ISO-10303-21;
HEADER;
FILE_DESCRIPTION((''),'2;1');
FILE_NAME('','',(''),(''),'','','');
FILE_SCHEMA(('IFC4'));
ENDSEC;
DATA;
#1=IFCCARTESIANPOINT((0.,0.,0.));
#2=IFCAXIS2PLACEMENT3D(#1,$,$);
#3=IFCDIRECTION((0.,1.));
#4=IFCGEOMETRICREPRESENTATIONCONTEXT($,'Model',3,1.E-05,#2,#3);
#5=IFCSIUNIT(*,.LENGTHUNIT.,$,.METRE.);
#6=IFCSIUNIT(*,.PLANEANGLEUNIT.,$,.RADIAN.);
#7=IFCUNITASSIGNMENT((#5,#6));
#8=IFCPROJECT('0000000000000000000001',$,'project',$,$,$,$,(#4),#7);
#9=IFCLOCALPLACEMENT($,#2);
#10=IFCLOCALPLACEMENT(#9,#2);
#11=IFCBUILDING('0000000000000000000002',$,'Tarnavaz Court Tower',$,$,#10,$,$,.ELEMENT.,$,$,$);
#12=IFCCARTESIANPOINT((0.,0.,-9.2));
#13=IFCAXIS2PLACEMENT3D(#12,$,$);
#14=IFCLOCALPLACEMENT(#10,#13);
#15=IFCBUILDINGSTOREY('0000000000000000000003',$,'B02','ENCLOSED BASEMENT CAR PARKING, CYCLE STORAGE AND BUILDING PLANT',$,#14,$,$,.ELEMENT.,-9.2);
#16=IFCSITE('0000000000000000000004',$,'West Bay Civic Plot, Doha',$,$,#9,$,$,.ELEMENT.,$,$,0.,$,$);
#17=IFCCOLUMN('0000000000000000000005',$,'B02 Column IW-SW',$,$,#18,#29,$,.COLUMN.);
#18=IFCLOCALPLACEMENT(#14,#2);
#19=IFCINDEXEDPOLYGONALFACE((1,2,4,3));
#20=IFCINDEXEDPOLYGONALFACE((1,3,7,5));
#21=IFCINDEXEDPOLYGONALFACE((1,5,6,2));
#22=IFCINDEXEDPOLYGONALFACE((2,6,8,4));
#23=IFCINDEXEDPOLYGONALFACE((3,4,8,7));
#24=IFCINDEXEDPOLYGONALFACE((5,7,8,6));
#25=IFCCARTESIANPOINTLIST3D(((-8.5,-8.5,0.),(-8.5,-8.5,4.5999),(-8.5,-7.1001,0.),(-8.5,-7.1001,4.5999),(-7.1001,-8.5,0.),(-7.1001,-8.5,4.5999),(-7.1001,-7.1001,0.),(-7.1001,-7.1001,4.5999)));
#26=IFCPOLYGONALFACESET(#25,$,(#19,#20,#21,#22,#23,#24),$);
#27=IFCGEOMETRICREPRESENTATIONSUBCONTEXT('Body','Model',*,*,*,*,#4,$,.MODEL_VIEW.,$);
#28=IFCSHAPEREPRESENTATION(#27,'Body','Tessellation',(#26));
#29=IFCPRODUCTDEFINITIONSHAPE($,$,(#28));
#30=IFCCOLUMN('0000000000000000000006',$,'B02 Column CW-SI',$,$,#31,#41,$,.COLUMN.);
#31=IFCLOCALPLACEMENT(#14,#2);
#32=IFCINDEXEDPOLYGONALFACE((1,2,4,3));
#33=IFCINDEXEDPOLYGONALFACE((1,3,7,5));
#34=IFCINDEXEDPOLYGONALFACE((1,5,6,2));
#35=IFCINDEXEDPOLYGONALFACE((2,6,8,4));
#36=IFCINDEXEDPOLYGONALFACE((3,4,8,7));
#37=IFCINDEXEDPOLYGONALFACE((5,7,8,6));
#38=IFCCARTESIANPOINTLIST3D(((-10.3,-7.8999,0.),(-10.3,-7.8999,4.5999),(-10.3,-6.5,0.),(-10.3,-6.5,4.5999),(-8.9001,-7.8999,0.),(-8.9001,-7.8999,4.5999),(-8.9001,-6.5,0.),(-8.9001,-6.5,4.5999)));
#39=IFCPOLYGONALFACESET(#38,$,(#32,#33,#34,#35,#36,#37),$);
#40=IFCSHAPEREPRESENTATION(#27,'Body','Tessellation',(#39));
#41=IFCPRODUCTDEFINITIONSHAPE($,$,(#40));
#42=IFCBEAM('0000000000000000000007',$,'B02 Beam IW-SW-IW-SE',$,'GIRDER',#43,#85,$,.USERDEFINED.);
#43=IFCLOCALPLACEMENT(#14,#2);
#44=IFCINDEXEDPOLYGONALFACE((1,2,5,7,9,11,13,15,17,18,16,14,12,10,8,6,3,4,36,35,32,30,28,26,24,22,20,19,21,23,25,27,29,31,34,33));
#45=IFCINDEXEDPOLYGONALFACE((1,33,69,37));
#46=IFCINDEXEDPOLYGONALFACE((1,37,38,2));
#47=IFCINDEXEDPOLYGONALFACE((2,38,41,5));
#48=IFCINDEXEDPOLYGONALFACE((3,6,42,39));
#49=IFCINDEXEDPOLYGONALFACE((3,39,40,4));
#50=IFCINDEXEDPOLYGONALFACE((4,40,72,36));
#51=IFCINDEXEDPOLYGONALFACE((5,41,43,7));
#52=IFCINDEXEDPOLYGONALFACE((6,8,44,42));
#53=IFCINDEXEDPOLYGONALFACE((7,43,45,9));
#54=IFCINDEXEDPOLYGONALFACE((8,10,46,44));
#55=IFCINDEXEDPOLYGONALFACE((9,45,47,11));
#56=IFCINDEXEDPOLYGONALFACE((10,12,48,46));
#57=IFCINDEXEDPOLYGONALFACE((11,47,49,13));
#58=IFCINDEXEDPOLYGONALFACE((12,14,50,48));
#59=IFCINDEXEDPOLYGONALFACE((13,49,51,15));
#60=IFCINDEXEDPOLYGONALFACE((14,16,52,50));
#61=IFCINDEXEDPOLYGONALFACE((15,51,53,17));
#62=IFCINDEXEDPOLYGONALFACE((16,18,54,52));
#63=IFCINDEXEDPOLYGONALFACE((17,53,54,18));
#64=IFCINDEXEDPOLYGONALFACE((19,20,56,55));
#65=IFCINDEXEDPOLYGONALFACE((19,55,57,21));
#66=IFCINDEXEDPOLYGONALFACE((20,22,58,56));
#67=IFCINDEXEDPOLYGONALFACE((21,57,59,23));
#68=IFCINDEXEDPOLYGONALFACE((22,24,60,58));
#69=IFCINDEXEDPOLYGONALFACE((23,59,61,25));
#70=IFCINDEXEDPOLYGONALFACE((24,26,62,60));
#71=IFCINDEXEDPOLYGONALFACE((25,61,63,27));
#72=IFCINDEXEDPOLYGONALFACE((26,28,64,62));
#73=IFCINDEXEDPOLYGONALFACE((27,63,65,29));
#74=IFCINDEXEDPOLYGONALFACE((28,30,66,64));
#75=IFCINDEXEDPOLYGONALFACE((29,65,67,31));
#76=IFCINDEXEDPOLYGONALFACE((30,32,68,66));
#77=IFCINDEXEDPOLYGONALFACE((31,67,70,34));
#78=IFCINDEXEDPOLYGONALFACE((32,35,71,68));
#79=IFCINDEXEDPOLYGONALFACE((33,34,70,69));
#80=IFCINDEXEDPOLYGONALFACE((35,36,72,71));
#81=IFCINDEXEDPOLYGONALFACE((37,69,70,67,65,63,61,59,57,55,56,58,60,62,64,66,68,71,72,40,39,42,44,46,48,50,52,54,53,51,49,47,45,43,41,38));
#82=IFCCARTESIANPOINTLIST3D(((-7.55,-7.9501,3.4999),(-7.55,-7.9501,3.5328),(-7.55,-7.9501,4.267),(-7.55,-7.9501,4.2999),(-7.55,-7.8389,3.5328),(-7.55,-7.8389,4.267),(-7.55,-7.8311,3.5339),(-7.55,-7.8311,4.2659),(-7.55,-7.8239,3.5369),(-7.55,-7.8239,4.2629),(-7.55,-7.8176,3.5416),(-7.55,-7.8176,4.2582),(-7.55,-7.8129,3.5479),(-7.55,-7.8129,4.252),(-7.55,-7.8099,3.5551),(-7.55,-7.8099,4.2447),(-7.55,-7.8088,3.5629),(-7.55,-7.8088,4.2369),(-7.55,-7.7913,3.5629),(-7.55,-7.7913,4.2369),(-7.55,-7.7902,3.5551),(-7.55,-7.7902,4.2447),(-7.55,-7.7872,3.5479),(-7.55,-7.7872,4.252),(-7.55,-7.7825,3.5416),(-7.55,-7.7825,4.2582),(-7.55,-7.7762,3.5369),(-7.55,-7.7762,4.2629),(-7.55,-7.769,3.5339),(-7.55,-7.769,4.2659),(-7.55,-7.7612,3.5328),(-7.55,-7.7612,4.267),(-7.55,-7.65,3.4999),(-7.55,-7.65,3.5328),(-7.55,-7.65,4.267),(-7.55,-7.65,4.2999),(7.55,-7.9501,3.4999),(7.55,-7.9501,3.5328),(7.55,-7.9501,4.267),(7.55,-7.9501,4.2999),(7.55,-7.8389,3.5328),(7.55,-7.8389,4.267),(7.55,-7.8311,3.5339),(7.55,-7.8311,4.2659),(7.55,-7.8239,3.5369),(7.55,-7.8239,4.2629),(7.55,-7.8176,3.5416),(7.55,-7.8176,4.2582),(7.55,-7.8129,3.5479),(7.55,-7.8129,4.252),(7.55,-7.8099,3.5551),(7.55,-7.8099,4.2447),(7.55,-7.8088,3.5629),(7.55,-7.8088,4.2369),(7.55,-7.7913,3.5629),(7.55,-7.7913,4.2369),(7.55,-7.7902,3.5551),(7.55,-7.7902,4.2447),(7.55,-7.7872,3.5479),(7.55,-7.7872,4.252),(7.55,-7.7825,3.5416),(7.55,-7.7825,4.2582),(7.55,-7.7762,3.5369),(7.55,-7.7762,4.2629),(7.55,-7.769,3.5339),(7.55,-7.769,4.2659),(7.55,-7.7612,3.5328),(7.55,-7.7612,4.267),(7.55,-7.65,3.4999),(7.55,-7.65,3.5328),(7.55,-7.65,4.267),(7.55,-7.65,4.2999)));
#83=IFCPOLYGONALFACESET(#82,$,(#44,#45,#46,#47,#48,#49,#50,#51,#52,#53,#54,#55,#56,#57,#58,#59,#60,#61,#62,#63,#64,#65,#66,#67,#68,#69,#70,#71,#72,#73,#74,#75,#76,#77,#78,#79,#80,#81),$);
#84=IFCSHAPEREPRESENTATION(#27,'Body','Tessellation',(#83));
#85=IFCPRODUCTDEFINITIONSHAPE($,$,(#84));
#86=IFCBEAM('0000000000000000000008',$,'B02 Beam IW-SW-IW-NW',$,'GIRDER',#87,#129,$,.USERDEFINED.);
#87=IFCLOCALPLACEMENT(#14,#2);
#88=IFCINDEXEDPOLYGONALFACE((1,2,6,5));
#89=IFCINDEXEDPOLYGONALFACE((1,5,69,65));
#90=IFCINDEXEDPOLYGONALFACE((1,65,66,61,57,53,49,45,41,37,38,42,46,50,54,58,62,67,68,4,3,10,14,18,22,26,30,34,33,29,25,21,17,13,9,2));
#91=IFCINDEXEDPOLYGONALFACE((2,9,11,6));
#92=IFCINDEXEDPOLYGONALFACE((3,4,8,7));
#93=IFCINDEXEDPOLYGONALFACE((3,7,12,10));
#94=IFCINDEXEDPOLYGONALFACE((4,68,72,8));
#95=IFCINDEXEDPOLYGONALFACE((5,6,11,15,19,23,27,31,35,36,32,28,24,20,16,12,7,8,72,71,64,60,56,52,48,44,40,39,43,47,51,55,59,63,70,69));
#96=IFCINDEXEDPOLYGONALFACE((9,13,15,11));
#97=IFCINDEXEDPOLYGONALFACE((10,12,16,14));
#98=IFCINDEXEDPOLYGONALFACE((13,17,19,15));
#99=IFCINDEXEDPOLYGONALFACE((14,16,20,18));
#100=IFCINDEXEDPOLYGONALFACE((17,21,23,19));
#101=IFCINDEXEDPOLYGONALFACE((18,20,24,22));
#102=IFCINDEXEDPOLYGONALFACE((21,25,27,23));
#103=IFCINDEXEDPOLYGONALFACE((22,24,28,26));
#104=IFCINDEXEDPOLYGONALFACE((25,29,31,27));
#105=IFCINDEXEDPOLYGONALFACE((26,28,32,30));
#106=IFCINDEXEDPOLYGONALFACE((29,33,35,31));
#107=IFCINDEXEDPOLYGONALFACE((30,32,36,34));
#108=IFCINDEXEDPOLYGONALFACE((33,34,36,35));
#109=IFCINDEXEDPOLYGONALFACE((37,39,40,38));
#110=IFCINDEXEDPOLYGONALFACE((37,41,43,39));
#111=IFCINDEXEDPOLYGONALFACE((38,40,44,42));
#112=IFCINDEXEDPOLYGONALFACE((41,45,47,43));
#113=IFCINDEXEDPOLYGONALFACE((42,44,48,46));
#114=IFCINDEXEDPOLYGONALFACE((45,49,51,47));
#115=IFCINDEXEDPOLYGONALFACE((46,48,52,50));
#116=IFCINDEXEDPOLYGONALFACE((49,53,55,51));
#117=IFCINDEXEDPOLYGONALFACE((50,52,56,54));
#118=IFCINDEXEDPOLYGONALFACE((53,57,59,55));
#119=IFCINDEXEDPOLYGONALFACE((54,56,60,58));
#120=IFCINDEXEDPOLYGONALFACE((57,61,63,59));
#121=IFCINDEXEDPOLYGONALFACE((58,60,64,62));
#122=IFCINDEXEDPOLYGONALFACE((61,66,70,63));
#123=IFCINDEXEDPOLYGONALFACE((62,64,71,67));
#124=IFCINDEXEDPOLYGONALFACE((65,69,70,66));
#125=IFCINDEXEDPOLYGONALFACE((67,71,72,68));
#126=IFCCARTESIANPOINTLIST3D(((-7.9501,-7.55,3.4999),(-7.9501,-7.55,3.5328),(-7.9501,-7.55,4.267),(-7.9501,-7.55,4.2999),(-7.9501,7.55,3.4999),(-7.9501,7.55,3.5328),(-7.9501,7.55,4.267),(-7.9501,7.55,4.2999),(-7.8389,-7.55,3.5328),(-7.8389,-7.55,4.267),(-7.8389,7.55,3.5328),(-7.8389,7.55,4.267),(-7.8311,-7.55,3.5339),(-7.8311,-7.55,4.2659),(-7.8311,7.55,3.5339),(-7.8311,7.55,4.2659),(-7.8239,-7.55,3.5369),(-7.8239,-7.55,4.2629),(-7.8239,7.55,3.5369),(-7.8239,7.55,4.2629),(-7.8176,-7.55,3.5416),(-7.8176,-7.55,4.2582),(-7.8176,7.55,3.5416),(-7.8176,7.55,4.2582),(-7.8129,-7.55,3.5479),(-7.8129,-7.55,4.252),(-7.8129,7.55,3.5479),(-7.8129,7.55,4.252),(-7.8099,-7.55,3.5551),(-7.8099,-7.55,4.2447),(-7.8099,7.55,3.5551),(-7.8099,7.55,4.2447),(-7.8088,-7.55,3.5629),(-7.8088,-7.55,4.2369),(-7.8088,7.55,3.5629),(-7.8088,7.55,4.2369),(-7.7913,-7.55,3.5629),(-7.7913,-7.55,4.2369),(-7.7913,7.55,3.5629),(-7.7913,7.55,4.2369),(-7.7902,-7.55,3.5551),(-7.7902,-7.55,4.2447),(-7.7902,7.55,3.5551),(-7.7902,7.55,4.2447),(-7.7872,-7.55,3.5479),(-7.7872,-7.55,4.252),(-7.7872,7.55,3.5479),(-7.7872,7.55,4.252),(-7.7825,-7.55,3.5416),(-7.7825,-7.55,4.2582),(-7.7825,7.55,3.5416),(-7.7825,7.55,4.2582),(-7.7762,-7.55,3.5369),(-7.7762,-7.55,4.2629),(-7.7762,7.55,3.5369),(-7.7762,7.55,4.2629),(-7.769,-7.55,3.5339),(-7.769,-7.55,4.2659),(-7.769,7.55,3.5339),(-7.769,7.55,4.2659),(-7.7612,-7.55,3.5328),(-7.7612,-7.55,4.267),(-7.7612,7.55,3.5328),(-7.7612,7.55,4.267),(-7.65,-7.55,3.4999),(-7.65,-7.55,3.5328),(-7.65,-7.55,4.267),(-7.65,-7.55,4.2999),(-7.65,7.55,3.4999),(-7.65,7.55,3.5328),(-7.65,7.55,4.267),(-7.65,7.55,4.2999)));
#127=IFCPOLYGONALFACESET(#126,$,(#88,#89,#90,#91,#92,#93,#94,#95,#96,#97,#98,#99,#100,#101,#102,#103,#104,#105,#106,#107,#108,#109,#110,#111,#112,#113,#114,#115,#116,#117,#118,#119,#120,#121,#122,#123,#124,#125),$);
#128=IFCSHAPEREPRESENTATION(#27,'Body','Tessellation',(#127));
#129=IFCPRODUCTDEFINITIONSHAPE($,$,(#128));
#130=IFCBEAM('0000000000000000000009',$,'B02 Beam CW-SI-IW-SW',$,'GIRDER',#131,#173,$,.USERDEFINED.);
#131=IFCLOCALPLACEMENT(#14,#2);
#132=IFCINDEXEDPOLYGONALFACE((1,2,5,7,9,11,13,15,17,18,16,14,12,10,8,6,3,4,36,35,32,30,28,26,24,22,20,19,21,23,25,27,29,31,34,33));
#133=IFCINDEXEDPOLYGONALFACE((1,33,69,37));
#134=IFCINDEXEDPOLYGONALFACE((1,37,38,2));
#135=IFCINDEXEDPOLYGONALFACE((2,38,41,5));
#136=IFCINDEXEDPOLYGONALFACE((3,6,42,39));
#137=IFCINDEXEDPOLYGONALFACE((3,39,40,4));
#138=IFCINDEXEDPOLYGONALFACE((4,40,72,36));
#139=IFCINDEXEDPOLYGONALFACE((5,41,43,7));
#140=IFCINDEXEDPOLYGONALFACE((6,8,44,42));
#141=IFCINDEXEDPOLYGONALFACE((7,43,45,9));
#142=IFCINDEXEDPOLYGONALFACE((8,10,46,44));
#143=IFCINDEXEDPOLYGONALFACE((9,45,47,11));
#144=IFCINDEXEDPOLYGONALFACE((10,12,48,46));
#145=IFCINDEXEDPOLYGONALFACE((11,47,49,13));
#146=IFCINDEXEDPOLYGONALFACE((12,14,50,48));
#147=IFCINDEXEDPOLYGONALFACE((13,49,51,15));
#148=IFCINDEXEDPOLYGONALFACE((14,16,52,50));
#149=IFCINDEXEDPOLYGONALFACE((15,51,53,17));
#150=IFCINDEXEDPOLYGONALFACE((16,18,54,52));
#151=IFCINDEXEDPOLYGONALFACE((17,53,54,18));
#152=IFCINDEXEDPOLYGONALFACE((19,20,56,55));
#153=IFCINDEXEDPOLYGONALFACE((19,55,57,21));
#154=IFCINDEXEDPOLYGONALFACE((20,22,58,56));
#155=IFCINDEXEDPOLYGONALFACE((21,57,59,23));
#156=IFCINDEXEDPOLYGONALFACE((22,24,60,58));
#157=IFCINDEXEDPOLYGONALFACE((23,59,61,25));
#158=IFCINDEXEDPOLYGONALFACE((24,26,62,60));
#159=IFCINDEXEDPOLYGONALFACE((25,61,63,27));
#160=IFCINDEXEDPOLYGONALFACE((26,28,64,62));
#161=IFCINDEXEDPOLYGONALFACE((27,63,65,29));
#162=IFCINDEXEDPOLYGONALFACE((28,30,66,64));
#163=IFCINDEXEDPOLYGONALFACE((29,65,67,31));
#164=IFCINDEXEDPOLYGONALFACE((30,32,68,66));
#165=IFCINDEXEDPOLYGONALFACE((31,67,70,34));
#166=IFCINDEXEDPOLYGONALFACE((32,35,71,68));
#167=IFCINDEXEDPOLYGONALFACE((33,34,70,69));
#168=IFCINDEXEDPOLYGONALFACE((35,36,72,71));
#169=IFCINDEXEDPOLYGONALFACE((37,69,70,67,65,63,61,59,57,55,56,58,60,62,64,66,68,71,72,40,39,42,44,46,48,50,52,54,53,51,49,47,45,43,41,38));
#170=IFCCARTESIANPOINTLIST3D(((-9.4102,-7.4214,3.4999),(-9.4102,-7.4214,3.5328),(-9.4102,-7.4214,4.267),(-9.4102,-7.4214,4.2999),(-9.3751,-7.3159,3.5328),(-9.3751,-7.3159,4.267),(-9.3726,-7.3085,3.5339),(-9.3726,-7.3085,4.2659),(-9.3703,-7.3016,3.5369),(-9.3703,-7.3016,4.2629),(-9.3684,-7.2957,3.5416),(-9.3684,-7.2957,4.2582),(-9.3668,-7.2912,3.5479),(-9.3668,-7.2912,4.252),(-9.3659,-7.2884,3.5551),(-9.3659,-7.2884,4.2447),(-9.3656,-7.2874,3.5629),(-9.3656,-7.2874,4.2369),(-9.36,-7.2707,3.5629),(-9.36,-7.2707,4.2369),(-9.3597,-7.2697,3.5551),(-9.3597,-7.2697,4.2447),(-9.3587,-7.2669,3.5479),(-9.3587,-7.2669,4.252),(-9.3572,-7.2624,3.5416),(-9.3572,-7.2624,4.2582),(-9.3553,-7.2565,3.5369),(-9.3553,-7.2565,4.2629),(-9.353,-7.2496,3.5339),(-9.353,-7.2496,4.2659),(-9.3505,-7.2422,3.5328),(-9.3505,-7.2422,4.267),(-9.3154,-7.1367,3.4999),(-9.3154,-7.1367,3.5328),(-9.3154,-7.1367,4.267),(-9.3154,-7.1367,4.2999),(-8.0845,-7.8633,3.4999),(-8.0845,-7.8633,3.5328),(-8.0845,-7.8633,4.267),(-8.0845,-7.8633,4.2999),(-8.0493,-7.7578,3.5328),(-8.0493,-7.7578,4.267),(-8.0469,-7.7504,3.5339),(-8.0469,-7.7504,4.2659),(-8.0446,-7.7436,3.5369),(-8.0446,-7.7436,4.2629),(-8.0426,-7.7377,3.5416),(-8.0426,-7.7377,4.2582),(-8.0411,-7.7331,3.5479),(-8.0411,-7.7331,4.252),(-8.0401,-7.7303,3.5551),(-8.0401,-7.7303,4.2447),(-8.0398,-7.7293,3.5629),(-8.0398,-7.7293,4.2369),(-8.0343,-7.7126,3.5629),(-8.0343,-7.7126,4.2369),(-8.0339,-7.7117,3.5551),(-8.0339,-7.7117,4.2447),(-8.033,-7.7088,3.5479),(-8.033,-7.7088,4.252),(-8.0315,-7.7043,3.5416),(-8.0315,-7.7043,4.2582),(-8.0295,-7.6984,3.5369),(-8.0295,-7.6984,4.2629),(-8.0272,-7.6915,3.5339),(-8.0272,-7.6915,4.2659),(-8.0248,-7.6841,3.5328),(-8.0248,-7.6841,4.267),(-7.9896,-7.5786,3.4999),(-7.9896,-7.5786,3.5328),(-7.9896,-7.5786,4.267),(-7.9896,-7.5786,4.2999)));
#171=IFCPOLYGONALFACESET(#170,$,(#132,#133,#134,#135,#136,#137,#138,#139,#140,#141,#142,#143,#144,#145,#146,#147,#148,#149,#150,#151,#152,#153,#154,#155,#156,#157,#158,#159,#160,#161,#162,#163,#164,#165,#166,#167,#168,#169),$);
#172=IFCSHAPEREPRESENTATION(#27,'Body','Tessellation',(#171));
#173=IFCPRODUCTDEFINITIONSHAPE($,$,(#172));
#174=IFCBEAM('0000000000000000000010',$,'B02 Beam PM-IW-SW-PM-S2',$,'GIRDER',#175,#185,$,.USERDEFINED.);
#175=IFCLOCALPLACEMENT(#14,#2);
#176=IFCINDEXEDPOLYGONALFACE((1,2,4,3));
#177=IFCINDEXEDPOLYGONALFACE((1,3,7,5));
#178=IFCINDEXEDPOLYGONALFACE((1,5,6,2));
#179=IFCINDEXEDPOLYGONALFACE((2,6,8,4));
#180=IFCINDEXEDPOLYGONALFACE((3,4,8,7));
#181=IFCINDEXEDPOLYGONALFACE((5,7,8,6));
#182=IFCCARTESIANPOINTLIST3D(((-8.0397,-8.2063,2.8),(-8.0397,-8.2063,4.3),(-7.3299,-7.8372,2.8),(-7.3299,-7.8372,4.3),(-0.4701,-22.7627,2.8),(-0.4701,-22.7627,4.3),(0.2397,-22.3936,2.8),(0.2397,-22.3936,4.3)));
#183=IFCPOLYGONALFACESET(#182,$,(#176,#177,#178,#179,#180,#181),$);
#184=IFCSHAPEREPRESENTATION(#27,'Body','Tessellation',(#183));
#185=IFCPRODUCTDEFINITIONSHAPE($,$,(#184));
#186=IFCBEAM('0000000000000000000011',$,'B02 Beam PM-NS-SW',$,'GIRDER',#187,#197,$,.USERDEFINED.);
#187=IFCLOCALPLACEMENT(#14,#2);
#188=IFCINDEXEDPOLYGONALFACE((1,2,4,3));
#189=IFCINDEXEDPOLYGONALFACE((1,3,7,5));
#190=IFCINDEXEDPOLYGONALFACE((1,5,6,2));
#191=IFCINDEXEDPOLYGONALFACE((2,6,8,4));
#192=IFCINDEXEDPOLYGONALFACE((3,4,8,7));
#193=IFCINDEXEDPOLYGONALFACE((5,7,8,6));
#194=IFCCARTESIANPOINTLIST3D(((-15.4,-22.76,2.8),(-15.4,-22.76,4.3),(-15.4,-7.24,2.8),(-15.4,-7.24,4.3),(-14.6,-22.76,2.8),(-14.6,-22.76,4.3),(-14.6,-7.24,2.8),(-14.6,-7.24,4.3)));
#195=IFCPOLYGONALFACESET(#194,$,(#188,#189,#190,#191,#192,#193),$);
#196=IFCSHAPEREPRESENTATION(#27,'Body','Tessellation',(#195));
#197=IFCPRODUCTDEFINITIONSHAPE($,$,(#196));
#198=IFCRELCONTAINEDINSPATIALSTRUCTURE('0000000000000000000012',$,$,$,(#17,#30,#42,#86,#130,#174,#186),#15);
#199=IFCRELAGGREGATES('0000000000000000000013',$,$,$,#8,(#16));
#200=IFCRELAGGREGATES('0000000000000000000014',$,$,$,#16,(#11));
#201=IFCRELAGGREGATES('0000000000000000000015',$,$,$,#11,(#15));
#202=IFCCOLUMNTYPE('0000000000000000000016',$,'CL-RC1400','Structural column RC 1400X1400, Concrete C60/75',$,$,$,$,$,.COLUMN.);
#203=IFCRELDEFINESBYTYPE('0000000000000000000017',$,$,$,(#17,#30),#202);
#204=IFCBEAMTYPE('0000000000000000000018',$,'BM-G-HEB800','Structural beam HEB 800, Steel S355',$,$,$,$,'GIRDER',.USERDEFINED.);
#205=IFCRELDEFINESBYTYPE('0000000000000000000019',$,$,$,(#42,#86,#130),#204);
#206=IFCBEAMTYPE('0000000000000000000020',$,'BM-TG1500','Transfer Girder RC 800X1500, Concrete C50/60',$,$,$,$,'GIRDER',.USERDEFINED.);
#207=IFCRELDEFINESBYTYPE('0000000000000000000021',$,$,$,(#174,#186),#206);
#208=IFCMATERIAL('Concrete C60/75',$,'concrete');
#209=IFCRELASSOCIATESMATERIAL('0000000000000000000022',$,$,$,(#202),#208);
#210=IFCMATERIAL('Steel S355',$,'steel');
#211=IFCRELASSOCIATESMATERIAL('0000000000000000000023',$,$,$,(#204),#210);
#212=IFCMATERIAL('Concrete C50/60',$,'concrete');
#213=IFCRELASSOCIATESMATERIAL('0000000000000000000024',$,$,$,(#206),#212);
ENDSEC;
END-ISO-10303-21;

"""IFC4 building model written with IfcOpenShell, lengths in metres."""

from ifc_helpers import new_model, si_unit, direction, frame, origin, origin_2d, place, context, subcontext, project, spatial, rectangle, i_section, extrude, material, material_profile, profile_set, type_object, element, save


model = new_model("IFC4")

# Units and contexts
model_context = context("Model", 3, precision=1e-05, world=origin(), true_north=direction((0.0, 1.0)))
body_context = subcontext(model_context, "Body", "Model", "MODEL_VIEW")
ifc_project = project(units=[si_unit("LENGTHUNIT", "METRE"), si_unit("PLANEANGLEUNIT", "RADIAN")], contexts=[model_context])

# Site, building, storey
site_placement = place(None, origin())
site = spatial("IfcSite", under=ifc_project, at=site_placement, Name="West Bay Civic Plot, Doha", CompositionType="ELEMENT", RefElevation=0.0)
building_placement = place(site_placement, origin())
building = spatial("IfcBuilding", under=site, at=building_placement, Name="Tarnavaz Court Tower", CompositionType="ELEMENT")
storey_placement = place(building_placement, frame((0.0, 0.0, -9.2)))
storey = spatial("IfcBuildingStorey", under=building, at=storey_placement, Name="B02", Description="ENCLOSED BASEMENT CAR PARKING, CYCLE STORAGE AND BUILDING PLANT", CompositionType="ELEMENT", Elevation=-9.2)

# Shared definitions
ifc_material_1 = material(Name="Concrete C50/60", Category="concrete")

# Columns
ifc_material_2 = material(Name="Concrete C60/75", Category="concrete")
ifc_material_profile_1 = material_profile(ifc_material_2, rectangle(XDim=1.3999, YDim=1.3999, at=origin_2d()), Name="RC 1400X1400")
ifc_profile_set_1 = profile_set([ifc_material_profile_1], Name="Concrete C60/75")
column_type = type_object("IfcColumnType", Name="CL-RC1400", Description="Structural column RC 1400X1400, Concrete C60/75", PredefinedType="COLUMN", material=ifc_profile_set_1)
for number, where, z_axis, x_axis, name in (
    (1, (-7.8, -7.8, 0.0), (0.0, 0.0, 1.0), (1.0, 0.0, 0.0), "B02 Column IW-SW"),
    (2, (-9.6001, -7.2, 0.0), (0.0, 0.0, 1.0), (1.0, 0.0, 0.0), "B02 Column CW-SI"),
):
    element("IfcColumn", number, at=place(storey_placement, frame(where, z_axis=z_axis, x_axis=x_axis)), inside=storey, type_object=column_type, Name=name, PredefinedType="COLUMN", context=body_context, shape_type="SweptSolid", body=[
        extrude(rectangle(XDim=1.3999, YDim=1.3999, at=origin_2d()), origin(), (0.0, 0.0, 1.0), 4.5999),
    ])

# Beams
ifc_material_3 = material(Name="Steel S355", Category="steel")
ifc_material_profile_2 = material_profile(ifc_material_3, i_section(OverallWidth=0.3, OverallDepth=0.8, WebThickness=0.0176, FlangeThickness=0.033, FilletRadius=0.03, at=origin_2d()), Name="HEB 800")
ifc_profile_set_2 = profile_set([ifc_material_profile_2], Name="Steel S355")
beam_type_1 = type_object("IfcBeamType", Name="BM-G-HEB800", Description="Structural beam HEB 800, Steel S355", ElementType="GIRDER", PredefinedType="USERDEFINED", material=ifc_profile_set_2)
for number, where, z_axis, x_axis, name in (
    (3, (-7.55, -7.8, 3.8999), (1.0, 0.0, 0.0), (0.0, 1.0, 0.0), "B02 Beam IW-SW-IW-SE"),
    (4, (-7.8, -7.55, 3.8999), (0.0, 1.0, 0.0), (-1.0, 0.0, 0.0), "B02 Beam IW-SW-IW-NW"),
):
    element("IfcBeam", number, at=place(storey_placement, frame(where, z_axis=z_axis, x_axis=x_axis)), inside=storey, type_object=beam_type_1, Name=name, ObjectType="GIRDER", PredefinedType="USERDEFINED", context=body_context, shape_type="SweptSolid", body=[
        extrude(i_section(OverallWidth=0.3, OverallDepth=0.8, WebThickness=0.0176, FlangeThickness=0.033, FilletRadius=0.03, at=origin_2d()), origin(), (0.0, 0.0, 1.0), 15.1001),
    ])
beam_1_placement = place(storey_placement, frame((-9.3628, -7.2791, 3.8999), z_axis=(0.948683, -0.316228, 0.0), x_axis=(0.316228, 0.948683, 0.0)))
element("IfcBeam", 5, at=beam_1_placement, inside=storey, type_object=beam_type_1, Name="B02 Beam CW-SI-IW-SW", ObjectType="GIRDER", PredefinedType="USERDEFINED", context=body_context, shape_type="SweptSolid", body=[
    extrude(i_section(OverallWidth=0.3, OverallDepth=0.8, WebThickness=0.0176, FlangeThickness=0.033, FilletRadius=0.03, at=origin_2d()), origin(), (0.0, 0.0, 1.0), 1.3975),
])
ifc_material_profile_3 = material_profile(ifc_material_1, rectangle(XDim=0.8, YDim=1.5, at=origin_2d()), Name="RC 800X1500")
ifc_profile_set_3 = profile_set([ifc_material_profile_3], Name="Concrete C50/60")
beam_type_2 = type_object("IfcBeamType", Name="BM-TG1500", Description="Transfer Girder RC 800X1500, Concrete C50/60", ElementType="GIRDER", PredefinedType="USERDEFINED", material=ifc_profile_set_3)
beam_2_placement = place(storey_placement, frame((-7.6848, -8.0217, 3.55), z_axis=(0.461365, -0.88721, 0.0), x_axis=(0.88721, 0.461365, 0.0)))
element("IfcBeam", 6, at=beam_2_placement, inside=storey, type_object=beam_type_2, Name="B02 Beam PM-IW-SW-PM-S2", ObjectType="GIRDER", PredefinedType="USERDEFINED", context=body_context, shape_type="SweptSolid", body=[
    extrude(rectangle(XDim=0.8, YDim=1.5, at=origin_2d()), origin(), (0.0, 0.0, 1.0), 16.407),
])
beam_3_placement = place(storey_placement, frame((-15.0, -7.24, 3.55), z_axis=(0.0, -1.0, 0.0), x_axis=(1.0, 0.0, 0.0)))
element("IfcBeam", 7, at=beam_3_placement, inside=storey, type_object=beam_type_2, Name="B02 Beam PM-NS-SW", ObjectType="GIRDER", PredefinedType="USERDEFINED", context=body_context, shape_type="SweptSolid", body=[
    extrude(rectangle(XDim=0.8, YDim=1.5, at=origin_2d()), origin(), (0.0, 0.0, 1.0), 15.52),
])

save(model, "model.ifc")
